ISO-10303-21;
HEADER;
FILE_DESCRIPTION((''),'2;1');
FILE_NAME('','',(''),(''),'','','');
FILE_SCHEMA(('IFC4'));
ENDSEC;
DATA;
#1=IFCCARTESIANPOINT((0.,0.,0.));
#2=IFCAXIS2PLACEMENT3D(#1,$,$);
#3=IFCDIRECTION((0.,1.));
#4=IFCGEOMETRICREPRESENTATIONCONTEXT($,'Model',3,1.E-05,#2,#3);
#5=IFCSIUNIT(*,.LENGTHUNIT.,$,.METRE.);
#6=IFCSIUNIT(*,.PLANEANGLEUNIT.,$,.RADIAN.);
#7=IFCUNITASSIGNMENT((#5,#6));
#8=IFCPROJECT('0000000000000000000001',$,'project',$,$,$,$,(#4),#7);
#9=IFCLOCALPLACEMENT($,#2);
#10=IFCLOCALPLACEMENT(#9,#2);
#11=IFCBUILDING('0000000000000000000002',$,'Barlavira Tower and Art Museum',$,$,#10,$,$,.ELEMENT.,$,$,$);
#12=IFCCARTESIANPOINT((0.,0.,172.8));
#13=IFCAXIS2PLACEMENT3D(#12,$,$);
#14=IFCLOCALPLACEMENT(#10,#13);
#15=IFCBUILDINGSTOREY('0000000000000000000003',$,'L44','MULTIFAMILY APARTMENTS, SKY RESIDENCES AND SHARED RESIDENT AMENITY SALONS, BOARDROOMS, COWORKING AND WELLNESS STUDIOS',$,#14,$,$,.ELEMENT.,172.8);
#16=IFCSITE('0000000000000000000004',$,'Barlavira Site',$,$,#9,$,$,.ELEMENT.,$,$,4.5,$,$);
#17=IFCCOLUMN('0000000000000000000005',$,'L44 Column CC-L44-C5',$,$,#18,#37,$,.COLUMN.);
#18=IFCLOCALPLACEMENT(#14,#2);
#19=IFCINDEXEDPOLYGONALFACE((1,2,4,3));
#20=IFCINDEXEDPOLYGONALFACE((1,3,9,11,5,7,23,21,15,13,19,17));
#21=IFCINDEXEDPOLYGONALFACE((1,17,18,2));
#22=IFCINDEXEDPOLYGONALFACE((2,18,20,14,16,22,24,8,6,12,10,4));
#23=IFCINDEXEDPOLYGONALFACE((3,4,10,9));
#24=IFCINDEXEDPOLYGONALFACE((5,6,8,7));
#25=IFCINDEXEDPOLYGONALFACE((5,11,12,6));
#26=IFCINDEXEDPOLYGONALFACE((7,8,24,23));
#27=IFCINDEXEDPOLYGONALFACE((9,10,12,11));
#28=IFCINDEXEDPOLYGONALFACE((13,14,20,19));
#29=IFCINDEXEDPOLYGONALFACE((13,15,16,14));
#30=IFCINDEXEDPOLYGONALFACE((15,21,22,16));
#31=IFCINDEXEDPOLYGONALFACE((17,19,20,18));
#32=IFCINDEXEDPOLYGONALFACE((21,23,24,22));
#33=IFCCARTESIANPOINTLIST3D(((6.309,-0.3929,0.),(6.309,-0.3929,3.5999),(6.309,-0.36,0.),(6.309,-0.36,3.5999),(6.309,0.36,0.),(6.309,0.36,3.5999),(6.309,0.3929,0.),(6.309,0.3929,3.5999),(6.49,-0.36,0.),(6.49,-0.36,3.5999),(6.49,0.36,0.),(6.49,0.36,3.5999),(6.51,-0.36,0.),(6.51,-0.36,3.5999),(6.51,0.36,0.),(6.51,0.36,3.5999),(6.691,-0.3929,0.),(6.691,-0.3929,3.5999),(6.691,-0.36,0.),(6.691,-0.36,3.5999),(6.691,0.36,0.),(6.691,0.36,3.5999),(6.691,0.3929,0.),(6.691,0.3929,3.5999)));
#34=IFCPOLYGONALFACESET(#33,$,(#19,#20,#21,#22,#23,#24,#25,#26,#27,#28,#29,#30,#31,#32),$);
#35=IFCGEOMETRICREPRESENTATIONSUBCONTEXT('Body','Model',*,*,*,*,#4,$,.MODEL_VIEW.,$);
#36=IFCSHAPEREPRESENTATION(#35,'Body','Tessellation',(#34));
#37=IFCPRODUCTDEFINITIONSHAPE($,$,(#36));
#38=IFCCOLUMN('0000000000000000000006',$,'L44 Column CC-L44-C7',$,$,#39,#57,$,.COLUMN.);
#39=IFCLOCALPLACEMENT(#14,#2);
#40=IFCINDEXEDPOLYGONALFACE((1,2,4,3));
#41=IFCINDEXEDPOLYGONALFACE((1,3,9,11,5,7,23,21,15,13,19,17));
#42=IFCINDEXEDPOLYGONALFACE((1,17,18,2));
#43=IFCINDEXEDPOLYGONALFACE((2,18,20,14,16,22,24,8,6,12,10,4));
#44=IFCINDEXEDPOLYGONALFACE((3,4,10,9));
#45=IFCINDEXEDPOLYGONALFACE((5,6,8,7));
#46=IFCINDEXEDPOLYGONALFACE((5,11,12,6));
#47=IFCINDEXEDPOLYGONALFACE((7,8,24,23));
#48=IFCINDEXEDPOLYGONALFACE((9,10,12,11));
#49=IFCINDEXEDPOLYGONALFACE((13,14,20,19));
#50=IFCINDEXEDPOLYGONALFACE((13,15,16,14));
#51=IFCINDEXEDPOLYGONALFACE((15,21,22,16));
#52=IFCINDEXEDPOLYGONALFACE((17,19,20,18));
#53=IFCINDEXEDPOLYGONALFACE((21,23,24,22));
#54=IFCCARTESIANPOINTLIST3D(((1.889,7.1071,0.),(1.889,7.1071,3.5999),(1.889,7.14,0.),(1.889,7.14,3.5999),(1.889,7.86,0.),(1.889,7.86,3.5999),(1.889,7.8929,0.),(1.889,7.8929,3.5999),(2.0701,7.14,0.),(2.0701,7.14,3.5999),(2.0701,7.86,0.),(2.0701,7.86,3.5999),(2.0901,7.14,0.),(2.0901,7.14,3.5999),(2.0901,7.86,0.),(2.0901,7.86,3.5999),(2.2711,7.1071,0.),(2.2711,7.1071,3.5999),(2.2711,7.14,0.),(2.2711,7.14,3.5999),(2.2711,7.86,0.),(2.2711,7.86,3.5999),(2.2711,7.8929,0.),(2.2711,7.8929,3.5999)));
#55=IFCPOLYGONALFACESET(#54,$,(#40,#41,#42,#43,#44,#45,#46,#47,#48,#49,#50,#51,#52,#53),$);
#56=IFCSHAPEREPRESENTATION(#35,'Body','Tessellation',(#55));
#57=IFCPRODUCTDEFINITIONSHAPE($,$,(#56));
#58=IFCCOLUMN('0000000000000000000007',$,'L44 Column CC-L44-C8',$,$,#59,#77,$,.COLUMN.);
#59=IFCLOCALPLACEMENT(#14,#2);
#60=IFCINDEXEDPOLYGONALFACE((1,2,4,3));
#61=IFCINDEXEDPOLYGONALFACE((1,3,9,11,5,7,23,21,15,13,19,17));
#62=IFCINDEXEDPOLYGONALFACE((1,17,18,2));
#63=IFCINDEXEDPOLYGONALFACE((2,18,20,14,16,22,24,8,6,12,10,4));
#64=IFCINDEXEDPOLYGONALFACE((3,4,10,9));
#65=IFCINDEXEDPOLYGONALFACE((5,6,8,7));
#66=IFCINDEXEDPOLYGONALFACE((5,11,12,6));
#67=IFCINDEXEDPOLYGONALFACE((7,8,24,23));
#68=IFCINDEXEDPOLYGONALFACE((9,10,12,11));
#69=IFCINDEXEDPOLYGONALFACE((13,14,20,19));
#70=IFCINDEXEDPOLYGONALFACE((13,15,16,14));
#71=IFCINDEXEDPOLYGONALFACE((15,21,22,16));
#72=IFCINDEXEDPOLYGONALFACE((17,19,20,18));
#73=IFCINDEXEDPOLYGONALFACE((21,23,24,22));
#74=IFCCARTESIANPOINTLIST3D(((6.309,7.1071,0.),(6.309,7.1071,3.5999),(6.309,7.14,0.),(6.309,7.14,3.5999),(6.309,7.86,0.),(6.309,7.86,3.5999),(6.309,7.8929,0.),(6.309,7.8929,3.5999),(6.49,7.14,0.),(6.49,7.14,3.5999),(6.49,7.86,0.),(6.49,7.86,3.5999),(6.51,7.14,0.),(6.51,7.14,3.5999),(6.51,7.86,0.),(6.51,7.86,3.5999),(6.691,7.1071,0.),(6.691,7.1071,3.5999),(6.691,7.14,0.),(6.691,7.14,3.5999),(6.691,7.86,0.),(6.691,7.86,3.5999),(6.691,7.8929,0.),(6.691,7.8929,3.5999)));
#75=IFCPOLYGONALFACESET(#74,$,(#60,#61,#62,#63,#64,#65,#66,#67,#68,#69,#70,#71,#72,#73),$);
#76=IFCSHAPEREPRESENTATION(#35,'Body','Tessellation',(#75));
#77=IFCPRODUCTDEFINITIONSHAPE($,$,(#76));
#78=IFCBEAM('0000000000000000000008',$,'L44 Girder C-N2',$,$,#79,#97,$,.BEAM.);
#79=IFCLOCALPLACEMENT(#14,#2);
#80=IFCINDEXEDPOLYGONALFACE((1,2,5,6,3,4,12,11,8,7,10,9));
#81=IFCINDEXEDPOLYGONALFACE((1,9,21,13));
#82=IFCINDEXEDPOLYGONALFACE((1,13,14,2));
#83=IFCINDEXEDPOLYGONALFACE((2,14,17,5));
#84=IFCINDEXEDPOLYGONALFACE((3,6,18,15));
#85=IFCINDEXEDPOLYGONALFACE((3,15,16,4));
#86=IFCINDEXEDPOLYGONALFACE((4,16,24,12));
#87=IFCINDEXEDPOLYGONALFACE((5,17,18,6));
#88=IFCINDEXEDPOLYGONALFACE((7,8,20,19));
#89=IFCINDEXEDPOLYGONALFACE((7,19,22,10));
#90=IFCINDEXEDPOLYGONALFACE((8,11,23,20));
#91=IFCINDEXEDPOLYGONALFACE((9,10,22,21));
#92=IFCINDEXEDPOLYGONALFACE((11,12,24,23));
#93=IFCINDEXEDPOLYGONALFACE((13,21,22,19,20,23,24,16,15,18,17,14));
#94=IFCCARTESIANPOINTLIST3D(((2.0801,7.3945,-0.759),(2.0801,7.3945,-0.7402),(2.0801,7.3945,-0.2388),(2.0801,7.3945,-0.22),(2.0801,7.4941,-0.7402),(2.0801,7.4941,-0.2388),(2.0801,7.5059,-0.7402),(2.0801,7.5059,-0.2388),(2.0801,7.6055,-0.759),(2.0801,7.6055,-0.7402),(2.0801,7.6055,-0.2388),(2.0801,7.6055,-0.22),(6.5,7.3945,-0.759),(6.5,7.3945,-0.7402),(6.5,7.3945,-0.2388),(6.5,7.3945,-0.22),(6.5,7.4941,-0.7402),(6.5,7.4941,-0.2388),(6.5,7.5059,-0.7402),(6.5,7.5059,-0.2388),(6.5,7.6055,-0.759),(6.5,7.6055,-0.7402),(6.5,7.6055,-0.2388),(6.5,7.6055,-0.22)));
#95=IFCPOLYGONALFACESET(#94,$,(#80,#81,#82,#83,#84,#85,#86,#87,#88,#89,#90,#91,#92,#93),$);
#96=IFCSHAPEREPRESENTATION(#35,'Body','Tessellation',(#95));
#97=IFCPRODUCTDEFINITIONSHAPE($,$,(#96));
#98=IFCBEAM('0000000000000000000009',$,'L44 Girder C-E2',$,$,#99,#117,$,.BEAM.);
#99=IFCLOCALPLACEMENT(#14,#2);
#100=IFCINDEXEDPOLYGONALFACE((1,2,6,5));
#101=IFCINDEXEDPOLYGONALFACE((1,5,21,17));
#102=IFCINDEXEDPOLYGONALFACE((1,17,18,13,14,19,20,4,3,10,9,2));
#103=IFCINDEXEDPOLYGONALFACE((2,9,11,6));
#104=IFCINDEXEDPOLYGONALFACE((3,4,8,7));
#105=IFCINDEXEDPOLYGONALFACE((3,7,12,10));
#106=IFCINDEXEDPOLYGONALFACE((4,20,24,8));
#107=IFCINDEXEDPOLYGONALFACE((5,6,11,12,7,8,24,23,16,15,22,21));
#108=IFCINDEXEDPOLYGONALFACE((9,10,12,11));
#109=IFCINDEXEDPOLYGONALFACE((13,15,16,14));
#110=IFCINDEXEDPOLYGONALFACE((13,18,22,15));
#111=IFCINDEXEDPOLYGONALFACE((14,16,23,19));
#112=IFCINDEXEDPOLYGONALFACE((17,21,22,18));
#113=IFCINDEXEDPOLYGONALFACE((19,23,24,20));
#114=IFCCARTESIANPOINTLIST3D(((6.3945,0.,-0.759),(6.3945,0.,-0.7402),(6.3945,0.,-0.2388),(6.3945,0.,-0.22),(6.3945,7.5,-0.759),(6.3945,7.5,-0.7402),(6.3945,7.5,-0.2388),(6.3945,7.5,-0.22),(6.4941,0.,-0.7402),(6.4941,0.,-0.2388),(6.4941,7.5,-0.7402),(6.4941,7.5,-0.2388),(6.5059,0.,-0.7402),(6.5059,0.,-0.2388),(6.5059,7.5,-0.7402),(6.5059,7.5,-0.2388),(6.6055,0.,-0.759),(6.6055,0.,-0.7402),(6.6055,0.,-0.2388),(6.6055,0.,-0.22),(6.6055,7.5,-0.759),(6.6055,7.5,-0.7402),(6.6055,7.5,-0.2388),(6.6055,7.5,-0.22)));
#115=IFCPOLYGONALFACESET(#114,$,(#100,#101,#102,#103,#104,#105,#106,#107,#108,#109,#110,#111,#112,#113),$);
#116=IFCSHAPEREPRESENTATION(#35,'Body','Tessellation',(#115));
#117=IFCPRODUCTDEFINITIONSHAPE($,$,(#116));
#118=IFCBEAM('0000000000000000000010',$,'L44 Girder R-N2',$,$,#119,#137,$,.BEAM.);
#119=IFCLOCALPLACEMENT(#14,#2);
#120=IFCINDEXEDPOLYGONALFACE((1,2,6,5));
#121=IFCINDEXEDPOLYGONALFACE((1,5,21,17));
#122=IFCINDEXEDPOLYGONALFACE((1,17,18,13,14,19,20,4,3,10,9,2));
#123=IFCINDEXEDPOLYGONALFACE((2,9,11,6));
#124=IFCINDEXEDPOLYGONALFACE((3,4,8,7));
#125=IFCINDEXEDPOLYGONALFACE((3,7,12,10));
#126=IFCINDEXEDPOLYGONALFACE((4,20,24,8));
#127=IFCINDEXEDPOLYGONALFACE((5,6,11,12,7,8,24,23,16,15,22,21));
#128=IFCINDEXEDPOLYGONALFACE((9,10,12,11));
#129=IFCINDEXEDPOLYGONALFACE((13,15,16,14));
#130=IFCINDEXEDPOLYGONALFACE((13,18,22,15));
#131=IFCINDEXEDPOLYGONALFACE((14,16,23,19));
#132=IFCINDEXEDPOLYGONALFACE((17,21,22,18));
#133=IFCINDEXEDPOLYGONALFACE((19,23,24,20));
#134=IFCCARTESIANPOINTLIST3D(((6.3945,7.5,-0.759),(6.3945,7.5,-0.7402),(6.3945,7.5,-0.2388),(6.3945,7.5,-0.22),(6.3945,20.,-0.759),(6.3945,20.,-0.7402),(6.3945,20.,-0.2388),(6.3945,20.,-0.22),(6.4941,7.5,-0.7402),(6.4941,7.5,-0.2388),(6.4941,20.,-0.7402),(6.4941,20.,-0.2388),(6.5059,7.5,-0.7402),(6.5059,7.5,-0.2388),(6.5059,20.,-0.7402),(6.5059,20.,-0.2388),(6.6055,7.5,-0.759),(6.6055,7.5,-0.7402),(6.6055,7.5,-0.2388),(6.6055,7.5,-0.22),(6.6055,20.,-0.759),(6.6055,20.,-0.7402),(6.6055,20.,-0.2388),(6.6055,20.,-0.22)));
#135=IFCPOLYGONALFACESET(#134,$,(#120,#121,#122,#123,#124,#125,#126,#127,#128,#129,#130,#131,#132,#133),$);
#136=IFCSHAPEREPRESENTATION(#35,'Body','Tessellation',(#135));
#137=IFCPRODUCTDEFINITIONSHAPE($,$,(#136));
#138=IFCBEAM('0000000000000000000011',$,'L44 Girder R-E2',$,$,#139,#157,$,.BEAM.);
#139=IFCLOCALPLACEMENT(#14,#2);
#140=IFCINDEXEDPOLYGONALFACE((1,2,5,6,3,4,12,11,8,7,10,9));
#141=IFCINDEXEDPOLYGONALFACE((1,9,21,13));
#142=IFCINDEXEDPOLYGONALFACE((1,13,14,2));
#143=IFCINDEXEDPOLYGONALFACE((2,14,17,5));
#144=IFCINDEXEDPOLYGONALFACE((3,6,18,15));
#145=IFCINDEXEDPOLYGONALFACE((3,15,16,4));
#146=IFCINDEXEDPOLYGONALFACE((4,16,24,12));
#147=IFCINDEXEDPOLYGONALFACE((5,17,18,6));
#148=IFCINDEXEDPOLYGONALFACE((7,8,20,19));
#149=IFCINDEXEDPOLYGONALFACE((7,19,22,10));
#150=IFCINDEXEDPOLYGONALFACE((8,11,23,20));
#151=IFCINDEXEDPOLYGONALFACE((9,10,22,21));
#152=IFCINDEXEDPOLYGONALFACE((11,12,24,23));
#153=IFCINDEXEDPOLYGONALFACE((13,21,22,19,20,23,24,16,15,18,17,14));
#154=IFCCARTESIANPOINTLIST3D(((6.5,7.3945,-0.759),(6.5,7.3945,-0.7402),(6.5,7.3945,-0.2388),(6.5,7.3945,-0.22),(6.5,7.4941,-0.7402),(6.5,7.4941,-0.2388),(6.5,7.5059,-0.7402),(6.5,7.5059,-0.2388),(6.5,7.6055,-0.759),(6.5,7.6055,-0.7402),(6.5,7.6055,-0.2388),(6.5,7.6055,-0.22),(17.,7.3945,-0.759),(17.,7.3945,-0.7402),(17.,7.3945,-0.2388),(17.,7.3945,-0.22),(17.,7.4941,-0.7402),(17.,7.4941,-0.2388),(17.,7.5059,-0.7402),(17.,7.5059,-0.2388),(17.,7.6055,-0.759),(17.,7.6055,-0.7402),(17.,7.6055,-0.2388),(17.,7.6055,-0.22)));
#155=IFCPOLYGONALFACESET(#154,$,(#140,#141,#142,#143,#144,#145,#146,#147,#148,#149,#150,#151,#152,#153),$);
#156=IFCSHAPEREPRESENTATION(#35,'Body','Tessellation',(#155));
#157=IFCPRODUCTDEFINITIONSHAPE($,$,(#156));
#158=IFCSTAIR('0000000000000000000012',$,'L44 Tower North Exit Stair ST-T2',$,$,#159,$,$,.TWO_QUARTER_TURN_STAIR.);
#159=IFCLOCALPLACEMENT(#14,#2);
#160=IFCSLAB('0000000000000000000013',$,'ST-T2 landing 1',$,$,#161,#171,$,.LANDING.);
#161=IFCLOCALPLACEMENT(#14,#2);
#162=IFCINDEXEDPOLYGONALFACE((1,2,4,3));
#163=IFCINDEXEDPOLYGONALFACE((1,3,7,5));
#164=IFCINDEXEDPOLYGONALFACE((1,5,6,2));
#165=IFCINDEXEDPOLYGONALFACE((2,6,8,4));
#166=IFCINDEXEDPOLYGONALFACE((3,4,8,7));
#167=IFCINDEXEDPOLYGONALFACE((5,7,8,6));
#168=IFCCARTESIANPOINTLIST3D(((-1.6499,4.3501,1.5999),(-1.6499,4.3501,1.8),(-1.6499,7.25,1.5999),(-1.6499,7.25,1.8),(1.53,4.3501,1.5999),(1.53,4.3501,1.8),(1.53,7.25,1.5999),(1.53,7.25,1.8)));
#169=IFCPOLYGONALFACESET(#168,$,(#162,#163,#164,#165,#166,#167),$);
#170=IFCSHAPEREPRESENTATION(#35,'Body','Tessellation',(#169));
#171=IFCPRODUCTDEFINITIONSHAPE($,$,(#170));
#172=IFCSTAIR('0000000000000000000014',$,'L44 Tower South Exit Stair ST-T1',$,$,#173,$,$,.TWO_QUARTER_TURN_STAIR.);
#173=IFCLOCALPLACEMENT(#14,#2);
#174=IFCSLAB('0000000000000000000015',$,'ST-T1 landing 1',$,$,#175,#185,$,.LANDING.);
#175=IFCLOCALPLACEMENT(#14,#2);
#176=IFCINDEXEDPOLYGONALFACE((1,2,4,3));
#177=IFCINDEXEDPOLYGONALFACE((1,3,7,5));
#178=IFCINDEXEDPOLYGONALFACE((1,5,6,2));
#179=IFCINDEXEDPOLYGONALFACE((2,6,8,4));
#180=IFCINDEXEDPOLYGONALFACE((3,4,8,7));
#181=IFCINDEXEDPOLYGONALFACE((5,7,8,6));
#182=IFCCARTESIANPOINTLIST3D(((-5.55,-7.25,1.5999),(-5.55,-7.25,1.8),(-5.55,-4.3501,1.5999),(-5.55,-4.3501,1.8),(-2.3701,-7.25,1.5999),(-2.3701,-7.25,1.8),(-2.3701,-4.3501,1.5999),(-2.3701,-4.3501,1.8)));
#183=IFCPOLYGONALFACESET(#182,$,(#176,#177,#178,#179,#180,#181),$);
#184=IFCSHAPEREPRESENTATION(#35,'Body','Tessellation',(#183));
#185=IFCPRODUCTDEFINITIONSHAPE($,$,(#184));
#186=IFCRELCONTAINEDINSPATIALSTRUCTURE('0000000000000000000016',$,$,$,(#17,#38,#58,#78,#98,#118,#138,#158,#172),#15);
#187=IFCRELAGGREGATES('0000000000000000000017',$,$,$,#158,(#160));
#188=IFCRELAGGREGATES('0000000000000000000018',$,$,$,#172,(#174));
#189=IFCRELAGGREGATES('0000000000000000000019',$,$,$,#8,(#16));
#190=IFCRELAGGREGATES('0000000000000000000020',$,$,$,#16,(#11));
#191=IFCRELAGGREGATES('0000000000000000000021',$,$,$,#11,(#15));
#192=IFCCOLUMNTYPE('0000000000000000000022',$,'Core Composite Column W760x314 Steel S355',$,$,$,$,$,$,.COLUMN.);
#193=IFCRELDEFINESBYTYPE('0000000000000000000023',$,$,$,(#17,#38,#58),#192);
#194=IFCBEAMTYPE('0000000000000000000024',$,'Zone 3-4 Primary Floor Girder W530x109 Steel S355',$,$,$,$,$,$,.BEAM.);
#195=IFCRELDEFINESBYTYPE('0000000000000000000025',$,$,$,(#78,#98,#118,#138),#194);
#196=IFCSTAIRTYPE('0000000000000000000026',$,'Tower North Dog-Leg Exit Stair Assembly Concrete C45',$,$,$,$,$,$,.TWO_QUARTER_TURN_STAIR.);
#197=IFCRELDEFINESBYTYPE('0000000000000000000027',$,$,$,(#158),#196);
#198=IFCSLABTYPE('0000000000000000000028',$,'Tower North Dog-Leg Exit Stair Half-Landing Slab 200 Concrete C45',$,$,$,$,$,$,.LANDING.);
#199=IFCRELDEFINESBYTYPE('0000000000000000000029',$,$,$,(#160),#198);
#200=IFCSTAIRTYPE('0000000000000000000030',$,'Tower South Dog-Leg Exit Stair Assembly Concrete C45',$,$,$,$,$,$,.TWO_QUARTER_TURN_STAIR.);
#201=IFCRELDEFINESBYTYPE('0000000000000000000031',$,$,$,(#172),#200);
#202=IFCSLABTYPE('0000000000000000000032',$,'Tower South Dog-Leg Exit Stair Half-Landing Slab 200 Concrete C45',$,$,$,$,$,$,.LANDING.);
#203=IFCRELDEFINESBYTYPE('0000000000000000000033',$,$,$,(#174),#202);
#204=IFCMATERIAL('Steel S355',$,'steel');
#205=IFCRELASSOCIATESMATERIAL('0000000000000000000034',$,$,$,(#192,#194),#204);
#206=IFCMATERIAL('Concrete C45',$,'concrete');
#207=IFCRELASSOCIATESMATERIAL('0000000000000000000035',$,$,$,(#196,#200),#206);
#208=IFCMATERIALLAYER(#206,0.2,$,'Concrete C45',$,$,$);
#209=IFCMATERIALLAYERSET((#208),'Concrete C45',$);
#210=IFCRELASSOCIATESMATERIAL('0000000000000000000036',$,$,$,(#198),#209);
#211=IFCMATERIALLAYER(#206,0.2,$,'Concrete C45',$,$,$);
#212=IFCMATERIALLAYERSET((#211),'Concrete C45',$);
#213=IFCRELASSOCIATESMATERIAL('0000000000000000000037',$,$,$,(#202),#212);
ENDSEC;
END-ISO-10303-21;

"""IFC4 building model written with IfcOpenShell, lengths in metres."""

from ifc_helpers import new_model, si_unit, direction, frame, origin, origin_2d, place, context, subcontext, project, spatial, polyline, i_section, outline, extrude, material, layer, layer_set, material_profile, profile_set, type_object, element, aggregate, save


model = new_model("IFC4")

# Units and contexts
model_context = context("Model", 3, precision=1e-05, world=origin(), true_north=direction((0.0, 1.0)))
body_context = subcontext(model_context, "Body", "Model", "MODEL_VIEW")
ifc_project = project(units=[si_unit("LENGTHUNIT", "METRE"), si_unit("PLANEANGLEUNIT", "RADIAN")], contexts=[model_context])

# Site, building, storey
site_placement = place(None, origin())
site = spatial("IfcSite", under=ifc_project, at=site_placement, Name="Barlavira Site", CompositionType="ELEMENT", RefElevation=4.5)
building_placement = place(site_placement, origin())
building = spatial("IfcBuilding", under=site, at=building_placement, Name="Barlavira Tower and Art Museum", CompositionType="ELEMENT")
storey_placement = place(building_placement, frame((0.0, 0.0, 172.8)))
storey = spatial("IfcBuildingStorey", under=building, at=storey_placement, Name="L44", Description="MULTIFAMILY APARTMENTS, SKY RESIDENCES AND SHARED RESIDENT AMENITY SALONS, BOARDROOMS, COWORKING AND WELLNESS STUDIOS", CompositionType="ELEMENT", Elevation=172.8)

# Columns
ifc_material_1 = material(Name="Steel S355", Category="steel")
ifc_material_profile_1 = material_profile(ifc_material_1, i_section(OverallWidth=0.3821, OverallDepth=0.7859, WebThickness=0.02, FlangeThickness=0.033, at=origin_2d()), Name="W760x314.0")
ifc_profile_set_1 = profile_set([ifc_material_profile_1], Name="Steel S355")
column_type = type_object("IfcColumnType", Name="Core Composite Column W760x314 Steel S355", PredefinedType="COLUMN", material=ifc_profile_set_1)
for number, where, z_axis, x_axis, name in (
    (1, (6.5, 0.0, 0.0), (0.0, 0.0, 1.0), (1.0, 0.0, 0.0), "L44 Column CC-L44-C5"),
    (2, (2.0801, 7.5, 0.0), (0.0, 0.0, 1.0), (1.0, 0.0, 0.0), "L44 Column CC-L44-C7"),
    (3, (6.5, 7.5, 0.0), (0.0, 0.0, 1.0), (1.0, 0.0, 0.0), "L44 Column CC-L44-C8"),
):
    element("IfcColumn", number, at=place(storey_placement, frame(where, z_axis=z_axis, x_axis=x_axis)), inside=storey, type_object=column_type, Name=name, PredefinedType="COLUMN", context=body_context, shape_type="SweptSolid", body=[
        extrude(i_section(OverallWidth=0.3821, OverallDepth=0.7859, WebThickness=0.02, FlangeThickness=0.033, at=origin_2d()), origin(), (0.0, 0.0, 1.0), 3.5999),
    ])

# Beams
ifc_material_profile_2 = material_profile(ifc_material_1, i_section(OverallWidth=0.2109, OverallDepth=0.5391, WebThickness=0.0117, FlangeThickness=0.0188, at=origin_2d()), Name="W530x109.0")
ifc_profile_set_2 = profile_set([ifc_material_profile_2], Name="Steel S355")
beam_type = type_object("IfcBeamType", Name="Zone 3-4 Primary Floor Girder W530x109 Steel S355", PredefinedType="BEAM", material=ifc_profile_set_2)
beam_1_placement = place(storey_placement, frame((2.0801, 7.5, -0.4895), z_axis=(1.0, 0.0, 0.0), x_axis=(0.0, 1.0, 0.0)))
element("IfcBeam", 4, at=beam_1_placement, inside=storey, type_object=beam_type, Name="L44 Girder C-N2", PredefinedType="BEAM", context=body_context, shape_type="SweptSolid", body=[
    extrude(i_section(OverallWidth=0.2109, OverallDepth=0.5391, WebThickness=0.0117, FlangeThickness=0.0188, at=origin_2d()), origin(), (0.0, 0.0, 1.0), 4.4199),
])
beam_2_placement = place(storey_placement, frame((6.5, 0.0, -0.4895), z_axis=(0.0, 1.0, 0.0), x_axis=(-1.0, 0.0, 0.0)))
element("IfcBeam", 5, at=beam_2_placement, inside=storey, type_object=beam_type, Name="L44 Girder C-E2", PredefinedType="BEAM", context=body_context, shape_type="SweptSolid", body=[
    extrude(i_section(OverallWidth=0.2109, OverallDepth=0.5391, WebThickness=0.0117, FlangeThickness=0.0188, at=origin_2d()), origin(), (0.0, 0.0, 1.0), 7.5),
])
beam_3_placement = place(storey_placement, frame((6.5, 7.5, -0.4895), z_axis=(0.0, 1.0, 0.0), x_axis=(-1.0, 0.0, 0.0)))
element("IfcBeam", 6, at=beam_3_placement, inside=storey, type_object=beam_type, Name="L44 Girder R-N2", PredefinedType="BEAM", context=body_context, shape_type="SweptSolid", body=[
    extrude(i_section(OverallWidth=0.2109, OverallDepth=0.5391, WebThickness=0.0117, FlangeThickness=0.0188, at=origin_2d()), origin(), (0.0, 0.0, 1.0), 12.5),
])
beam_4_placement = place(storey_placement, frame((6.5, 7.5, -0.4895), z_axis=(1.0, 0.0, 0.0), x_axis=(0.0, 1.0, 0.0)))
element("IfcBeam", 7, at=beam_4_placement, inside=storey, type_object=beam_type, Name="L44 Girder R-E2", PredefinedType="BEAM", context=body_context, shape_type="SweptSolid", body=[
    extrude(i_section(OverallWidth=0.2109, OverallDepth=0.5391, WebThickness=0.0117, FlangeThickness=0.0188, at=origin_2d()), origin(), (0.0, 0.0, 1.0), 10.5),
])

# Stairs, slabs
ifc_material_2 = material(Name="Concrete C45", Category="concrete")
stair_type_1 = type_object("IfcStairType", Name="Tower North Dog-Leg Exit Stair Assembly Concrete C45", PredefinedType="TWO_QUARTER_TURN_STAIR", material=ifc_material_2)
stair_1_placement = place(storey_placement, origin())
stair_1 = element("IfcStair", 8, at=stair_1_placement, inside=storey, type_object=stair_type_1, Name="L44 Tower North Exit Stair ST-T2", PredefinedType="TWO_QUARTER_TURN_STAIR")
ifc_layer_1 = layer(ifc_material_2, 0.2, Name="Concrete C45")
ifc_layer_set_1 = layer_set([ifc_layer_1], Name="Concrete C45")
slab_type_1 = type_object("IfcSlabType", Name="Tower North Dog-Leg Exit Stair Half-Landing Slab 200 Concrete C45", PredefinedType="LANDING", material=ifc_layer_set_1)
slab_1_placement = place(storey_placement, frame((0.0, 0.0, 1.5999)))
slab_1 = element("IfcSlab", 9, at=slab_1_placement, type_object=slab_type_1, Name="ST-T2 landing 1", PredefinedType="LANDING", context=body_context, shape_type="SweptSolid", body=[
    extrude(outline(polyline([(-1.6499, 4.3501), (1.53, 4.3501), (1.53, 7.25), (-1.6499, 7.25), (-1.6499, 4.3501)])), origin(), (0.0, 0.0, 1.0), 0.2002),
])
aggregate(stair_1, [slab_1])
stair_type_2 = type_object("IfcStairType", Name="Tower South Dog-Leg Exit Stair Assembly Concrete C45", PredefinedType="TWO_QUARTER_TURN_STAIR", material=ifc_material_2)
stair_2_placement = place(storey_placement, origin())
stair_2 = element("IfcStair", 10, at=stair_2_placement, inside=storey, type_object=stair_type_2, Name="L44 Tower South Exit Stair ST-T1", PredefinedType="TWO_QUARTER_TURN_STAIR")
ifc_layer_2 = layer(ifc_material_2, 0.2, Name="Concrete C45")
ifc_layer_set_2 = layer_set([ifc_layer_2], Name="Concrete C45")
slab_type_2 = type_object("IfcSlabType", Name="Tower South Dog-Leg Exit Stair Half-Landing Slab 200 Concrete C45", PredefinedType="LANDING", material=ifc_layer_set_2)
slab_2_placement = place(storey_placement, frame((0.0, 0.0, 1.5999)))
slab_2 = element("IfcSlab", 11, at=slab_2_placement, type_object=slab_type_2, Name="ST-T1 landing 1", PredefinedType="LANDING", context=body_context, shape_type="SweptSolid", body=[
    extrude(outline(polyline([(-2.3701, -4.3501), (-5.55, -4.3501), (-5.55, -7.25), (-2.3701, -7.25), (-2.3701, -4.3501)])), origin(), (0.0, 0.0, 1.0), 0.2002),
])
aggregate(stair_2, [slab_2])

save(model, "model.ifc")
